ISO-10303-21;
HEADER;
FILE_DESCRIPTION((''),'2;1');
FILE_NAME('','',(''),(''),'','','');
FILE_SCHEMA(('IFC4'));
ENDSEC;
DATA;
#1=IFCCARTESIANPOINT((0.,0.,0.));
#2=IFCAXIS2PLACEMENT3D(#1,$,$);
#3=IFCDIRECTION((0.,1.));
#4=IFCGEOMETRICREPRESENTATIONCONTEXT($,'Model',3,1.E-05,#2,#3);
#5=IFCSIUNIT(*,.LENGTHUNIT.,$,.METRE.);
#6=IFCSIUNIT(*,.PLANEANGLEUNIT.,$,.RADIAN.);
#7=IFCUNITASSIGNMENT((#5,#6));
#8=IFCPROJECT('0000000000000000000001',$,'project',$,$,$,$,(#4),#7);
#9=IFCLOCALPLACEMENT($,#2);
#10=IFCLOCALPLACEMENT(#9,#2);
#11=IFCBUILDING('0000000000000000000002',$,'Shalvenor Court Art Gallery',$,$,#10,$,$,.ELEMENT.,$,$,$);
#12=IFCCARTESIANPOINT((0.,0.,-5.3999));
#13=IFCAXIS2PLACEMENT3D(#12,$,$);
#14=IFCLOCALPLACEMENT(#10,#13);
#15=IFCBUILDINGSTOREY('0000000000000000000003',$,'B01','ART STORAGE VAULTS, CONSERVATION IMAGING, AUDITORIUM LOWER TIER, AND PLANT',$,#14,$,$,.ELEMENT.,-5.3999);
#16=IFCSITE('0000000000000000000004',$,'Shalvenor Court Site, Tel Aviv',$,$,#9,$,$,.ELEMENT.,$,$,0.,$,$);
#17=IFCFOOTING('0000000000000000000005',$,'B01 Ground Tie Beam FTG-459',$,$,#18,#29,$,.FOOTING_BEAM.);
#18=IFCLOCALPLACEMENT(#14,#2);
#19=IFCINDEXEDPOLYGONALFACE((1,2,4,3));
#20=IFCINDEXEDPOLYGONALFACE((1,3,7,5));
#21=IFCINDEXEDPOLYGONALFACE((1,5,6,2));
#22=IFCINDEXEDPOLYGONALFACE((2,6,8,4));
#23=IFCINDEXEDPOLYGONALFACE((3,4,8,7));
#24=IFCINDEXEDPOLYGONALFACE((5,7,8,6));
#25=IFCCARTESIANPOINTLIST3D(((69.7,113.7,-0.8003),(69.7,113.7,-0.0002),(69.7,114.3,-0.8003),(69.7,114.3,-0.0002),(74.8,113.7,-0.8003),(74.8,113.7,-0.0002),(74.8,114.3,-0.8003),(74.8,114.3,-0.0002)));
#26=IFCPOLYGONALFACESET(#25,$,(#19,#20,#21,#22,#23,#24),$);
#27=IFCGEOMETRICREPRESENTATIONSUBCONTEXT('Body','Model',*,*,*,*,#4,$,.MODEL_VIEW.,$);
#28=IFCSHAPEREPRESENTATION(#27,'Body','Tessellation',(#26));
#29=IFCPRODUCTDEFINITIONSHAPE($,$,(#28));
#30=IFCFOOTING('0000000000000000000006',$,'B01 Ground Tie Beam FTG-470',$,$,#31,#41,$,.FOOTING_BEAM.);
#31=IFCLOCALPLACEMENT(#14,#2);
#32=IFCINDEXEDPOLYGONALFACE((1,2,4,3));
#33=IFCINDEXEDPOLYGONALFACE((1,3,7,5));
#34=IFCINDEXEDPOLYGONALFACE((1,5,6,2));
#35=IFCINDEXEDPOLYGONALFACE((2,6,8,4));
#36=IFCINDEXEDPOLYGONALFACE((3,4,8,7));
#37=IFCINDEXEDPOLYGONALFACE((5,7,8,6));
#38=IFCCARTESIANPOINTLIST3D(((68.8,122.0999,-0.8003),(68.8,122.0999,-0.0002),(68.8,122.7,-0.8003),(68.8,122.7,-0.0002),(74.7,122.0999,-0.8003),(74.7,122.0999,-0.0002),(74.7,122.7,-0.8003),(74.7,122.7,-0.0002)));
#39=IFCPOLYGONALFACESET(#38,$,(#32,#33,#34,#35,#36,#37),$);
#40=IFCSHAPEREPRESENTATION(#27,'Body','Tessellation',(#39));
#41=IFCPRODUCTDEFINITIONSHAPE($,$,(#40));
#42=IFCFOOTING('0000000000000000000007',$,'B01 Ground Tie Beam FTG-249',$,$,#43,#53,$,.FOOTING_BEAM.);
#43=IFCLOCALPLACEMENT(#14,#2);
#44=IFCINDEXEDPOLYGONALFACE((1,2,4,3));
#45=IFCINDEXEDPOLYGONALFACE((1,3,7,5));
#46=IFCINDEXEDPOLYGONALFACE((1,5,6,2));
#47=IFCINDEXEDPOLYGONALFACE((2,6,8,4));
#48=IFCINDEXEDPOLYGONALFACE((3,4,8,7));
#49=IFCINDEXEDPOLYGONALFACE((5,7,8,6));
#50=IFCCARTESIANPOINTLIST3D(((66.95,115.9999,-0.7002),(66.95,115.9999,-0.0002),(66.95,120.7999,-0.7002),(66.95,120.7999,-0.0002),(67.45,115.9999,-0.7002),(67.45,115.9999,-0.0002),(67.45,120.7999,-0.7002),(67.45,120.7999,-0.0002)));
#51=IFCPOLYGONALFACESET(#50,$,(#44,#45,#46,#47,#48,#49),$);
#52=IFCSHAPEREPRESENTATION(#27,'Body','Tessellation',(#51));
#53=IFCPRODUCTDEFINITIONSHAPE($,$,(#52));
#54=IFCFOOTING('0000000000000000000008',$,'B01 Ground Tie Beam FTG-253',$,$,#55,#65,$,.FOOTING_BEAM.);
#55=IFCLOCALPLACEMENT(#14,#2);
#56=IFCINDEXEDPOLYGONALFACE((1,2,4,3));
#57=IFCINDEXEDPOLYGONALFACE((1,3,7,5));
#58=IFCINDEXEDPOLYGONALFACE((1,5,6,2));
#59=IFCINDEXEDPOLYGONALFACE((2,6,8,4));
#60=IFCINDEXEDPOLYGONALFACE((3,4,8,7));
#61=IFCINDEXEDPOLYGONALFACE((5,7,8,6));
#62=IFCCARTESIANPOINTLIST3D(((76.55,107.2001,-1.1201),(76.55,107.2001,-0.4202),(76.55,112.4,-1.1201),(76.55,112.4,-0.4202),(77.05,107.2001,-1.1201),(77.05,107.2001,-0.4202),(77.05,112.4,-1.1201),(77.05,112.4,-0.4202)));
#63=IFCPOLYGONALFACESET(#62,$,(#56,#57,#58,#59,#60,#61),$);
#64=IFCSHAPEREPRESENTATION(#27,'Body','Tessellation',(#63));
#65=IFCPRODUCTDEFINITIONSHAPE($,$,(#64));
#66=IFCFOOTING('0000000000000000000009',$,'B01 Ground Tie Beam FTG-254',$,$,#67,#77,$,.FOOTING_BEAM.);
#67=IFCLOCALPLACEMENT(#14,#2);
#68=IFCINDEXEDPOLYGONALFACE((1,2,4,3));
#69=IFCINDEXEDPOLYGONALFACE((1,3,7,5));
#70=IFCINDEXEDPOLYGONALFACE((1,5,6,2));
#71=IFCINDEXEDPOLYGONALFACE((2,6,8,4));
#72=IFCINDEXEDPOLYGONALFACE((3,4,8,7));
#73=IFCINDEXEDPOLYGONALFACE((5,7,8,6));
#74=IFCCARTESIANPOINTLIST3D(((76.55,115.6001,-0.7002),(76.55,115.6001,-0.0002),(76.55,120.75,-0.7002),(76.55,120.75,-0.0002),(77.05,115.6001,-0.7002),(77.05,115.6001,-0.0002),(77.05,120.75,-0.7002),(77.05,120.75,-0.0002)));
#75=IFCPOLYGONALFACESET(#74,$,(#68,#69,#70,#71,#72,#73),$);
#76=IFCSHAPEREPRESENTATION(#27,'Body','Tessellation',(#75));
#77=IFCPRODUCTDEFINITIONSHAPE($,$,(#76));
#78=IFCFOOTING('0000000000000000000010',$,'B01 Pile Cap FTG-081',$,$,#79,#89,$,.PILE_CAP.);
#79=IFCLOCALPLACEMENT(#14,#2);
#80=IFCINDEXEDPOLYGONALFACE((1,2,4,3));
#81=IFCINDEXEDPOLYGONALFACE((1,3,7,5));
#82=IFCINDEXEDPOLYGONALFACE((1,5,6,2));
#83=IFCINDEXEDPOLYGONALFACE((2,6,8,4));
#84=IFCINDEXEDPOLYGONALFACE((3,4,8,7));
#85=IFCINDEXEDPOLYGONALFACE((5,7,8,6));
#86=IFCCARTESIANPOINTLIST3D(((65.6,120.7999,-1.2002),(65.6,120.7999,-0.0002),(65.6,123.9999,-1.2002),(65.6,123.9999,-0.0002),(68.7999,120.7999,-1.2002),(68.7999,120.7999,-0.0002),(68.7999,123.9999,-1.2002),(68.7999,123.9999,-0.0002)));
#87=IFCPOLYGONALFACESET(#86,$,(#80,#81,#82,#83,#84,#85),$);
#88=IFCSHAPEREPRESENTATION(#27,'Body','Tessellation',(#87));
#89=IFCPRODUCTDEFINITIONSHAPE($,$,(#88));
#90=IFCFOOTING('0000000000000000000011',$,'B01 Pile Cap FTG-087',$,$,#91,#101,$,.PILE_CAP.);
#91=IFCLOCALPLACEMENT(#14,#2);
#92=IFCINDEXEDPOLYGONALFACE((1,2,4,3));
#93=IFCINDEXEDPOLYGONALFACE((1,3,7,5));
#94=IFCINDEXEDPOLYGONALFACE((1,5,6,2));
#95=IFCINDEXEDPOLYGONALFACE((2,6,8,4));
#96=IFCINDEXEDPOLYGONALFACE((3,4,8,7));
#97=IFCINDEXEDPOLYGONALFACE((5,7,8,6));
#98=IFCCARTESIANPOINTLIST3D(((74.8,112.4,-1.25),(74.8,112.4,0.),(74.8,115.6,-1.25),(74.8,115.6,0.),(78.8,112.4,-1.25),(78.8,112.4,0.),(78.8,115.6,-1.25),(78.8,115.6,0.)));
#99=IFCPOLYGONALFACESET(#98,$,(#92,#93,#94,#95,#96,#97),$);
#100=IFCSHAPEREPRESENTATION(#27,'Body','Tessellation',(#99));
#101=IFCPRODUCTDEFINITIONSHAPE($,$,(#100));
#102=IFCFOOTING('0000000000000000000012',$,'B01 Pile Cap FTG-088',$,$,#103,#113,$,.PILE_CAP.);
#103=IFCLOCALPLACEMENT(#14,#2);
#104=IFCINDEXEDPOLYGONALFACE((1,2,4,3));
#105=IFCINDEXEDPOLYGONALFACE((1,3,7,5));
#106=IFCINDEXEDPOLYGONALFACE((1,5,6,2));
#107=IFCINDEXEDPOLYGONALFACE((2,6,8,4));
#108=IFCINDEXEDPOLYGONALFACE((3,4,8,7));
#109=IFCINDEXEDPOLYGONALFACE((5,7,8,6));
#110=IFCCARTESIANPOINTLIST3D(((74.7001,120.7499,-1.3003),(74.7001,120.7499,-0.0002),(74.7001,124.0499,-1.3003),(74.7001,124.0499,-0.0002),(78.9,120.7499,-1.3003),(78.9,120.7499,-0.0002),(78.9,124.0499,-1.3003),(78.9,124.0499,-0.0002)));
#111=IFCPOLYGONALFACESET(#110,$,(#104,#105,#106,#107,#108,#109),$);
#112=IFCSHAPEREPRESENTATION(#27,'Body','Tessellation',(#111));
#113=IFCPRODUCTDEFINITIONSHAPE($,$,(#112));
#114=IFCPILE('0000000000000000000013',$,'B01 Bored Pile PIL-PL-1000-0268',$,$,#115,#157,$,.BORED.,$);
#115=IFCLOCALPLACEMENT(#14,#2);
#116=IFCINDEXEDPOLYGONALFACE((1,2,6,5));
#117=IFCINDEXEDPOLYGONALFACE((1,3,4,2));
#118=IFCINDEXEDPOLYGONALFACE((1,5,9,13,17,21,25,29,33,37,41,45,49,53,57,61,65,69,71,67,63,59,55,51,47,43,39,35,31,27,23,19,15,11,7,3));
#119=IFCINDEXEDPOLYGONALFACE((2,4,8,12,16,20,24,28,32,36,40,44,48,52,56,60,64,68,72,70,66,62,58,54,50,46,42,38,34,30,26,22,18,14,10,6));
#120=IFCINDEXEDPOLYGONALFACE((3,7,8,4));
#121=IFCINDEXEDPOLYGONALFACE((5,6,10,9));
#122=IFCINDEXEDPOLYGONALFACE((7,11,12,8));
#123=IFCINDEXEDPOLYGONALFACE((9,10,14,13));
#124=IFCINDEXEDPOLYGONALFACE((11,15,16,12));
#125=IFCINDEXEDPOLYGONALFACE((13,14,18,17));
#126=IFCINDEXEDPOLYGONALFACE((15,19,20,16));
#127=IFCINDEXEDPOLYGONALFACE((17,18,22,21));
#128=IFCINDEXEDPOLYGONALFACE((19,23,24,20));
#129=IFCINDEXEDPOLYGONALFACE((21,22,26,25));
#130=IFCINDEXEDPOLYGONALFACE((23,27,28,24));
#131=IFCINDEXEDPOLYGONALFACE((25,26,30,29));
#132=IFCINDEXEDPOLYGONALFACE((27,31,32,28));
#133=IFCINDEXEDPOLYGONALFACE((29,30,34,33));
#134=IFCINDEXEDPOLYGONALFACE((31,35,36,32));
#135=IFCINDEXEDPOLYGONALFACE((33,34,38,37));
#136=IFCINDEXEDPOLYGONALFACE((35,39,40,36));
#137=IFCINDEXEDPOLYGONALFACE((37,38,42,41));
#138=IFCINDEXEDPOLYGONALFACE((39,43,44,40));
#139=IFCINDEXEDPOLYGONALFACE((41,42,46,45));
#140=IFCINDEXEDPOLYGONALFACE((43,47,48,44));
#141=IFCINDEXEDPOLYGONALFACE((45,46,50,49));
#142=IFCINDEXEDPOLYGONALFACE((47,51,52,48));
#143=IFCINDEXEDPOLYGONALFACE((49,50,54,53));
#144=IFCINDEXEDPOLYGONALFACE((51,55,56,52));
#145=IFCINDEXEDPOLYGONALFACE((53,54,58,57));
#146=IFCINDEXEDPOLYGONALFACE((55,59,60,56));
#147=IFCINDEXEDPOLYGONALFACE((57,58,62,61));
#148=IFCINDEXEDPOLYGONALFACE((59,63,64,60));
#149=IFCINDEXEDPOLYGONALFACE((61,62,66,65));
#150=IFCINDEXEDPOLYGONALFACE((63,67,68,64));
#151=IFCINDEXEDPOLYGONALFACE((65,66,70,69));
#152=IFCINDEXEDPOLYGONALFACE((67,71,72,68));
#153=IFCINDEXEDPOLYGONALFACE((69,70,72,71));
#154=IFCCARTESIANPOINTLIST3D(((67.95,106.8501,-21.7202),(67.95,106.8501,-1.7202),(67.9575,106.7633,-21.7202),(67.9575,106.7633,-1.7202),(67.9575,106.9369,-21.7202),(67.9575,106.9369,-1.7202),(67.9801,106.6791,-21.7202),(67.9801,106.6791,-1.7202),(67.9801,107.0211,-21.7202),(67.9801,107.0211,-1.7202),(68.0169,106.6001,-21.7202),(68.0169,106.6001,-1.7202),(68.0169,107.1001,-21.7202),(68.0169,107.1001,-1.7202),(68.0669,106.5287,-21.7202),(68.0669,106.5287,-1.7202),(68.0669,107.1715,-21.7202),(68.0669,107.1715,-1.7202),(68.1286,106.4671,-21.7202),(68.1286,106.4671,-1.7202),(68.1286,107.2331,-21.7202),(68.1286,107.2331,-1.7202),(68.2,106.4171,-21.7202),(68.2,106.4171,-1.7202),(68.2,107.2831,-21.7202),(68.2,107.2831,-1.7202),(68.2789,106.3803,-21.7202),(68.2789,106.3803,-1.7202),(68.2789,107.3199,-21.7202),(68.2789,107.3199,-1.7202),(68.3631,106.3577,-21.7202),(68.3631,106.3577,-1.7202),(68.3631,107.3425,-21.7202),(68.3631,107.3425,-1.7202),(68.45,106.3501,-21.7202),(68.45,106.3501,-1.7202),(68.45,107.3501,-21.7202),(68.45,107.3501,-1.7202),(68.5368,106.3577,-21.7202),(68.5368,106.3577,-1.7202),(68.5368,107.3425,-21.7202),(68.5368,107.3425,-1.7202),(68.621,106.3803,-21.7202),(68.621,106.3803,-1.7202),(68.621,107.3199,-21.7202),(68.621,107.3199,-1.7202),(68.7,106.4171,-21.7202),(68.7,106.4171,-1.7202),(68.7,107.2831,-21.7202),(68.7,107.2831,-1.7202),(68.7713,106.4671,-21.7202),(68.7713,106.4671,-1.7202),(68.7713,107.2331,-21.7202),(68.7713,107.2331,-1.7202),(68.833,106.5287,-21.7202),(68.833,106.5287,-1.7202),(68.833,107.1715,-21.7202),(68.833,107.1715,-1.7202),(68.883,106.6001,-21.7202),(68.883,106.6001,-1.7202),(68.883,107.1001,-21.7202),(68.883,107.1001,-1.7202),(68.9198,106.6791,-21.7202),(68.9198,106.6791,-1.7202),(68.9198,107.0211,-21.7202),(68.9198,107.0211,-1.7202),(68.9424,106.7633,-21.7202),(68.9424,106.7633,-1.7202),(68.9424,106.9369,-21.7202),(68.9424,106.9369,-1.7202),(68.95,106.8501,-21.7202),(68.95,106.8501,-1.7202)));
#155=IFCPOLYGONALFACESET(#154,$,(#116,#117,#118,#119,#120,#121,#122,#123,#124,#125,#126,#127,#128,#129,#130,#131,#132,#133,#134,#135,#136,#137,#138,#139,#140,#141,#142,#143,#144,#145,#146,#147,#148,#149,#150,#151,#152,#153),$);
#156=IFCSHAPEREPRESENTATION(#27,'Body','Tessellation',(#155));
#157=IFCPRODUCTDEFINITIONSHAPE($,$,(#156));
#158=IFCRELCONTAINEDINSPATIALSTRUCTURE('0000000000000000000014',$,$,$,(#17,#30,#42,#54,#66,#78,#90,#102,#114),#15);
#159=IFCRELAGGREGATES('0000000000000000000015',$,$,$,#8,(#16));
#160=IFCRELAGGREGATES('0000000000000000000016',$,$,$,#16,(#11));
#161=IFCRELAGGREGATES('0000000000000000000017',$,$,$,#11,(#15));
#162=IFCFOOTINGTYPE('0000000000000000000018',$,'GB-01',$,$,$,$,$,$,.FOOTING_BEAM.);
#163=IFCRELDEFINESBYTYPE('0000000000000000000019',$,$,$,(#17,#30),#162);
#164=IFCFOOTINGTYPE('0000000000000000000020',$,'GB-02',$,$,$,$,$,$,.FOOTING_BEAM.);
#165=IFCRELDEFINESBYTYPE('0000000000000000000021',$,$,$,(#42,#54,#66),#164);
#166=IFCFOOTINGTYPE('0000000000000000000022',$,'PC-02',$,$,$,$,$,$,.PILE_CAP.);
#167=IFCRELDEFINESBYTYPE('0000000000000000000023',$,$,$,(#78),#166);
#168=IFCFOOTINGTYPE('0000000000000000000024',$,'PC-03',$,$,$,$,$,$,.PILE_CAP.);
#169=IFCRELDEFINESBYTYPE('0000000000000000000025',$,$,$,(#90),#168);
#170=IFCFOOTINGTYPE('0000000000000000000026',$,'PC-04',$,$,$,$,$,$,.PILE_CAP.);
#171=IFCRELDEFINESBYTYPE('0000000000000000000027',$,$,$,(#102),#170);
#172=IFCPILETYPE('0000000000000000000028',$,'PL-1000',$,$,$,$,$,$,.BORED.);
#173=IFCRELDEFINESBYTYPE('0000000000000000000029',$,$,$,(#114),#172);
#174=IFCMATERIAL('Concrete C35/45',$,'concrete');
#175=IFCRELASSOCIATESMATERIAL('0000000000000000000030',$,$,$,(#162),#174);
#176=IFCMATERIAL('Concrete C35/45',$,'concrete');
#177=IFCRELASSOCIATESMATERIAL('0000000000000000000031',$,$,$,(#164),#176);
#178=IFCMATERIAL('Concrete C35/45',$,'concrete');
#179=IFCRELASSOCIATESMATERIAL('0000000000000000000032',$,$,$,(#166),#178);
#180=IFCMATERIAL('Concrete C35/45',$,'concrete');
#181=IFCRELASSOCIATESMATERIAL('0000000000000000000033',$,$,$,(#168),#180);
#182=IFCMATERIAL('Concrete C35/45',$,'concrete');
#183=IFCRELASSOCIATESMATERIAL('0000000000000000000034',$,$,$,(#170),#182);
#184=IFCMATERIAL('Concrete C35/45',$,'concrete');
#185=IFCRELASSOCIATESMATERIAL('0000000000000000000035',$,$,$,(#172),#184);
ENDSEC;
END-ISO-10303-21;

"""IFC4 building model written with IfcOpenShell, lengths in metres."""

from ifc_helpers import new_model, si_unit, direction, frame, origin, origin_2d, place, context, subcontext, project, spatial, rectangle, circle, extrude, material, material_profile, profile_set, type_object, element, save


model = new_model("IFC4")

# Units and contexts
model_context = context("Model", 3, precision=1e-05, world=origin(), true_north=direction((0.0, 1.0)))
body_context = subcontext(model_context, "Body", "Model", "MODEL_VIEW")
ifc_project = project(units=[si_unit("LENGTHUNIT", "METRE"), si_unit("PLANEANGLEUNIT", "RADIAN")], contexts=[model_context])

# Site, building, storey
site_placement = place(None, origin())
site = spatial("IfcSite", under=ifc_project, at=site_placement, Name="Shalvenor Court Site, Tel Aviv", CompositionType="ELEMENT", RefElevation=0.0)
building_placement = place(site_placement, origin())
building = spatial("IfcBuilding", under=site, at=building_placement, Name="Shalvenor Court Art Gallery", CompositionType="ELEMENT")
storey_placement = place(building_placement, frame((0.0, 0.0, -5.3999)))
storey = spatial("IfcBuildingStorey", under=building, at=storey_placement, Name="B01", Description="ART STORAGE VAULTS, CONSERVATION IMAGING, AUDITORIUM LOWER TIER, AND PLANT", CompositionType="ELEMENT", Elevation=-5.3999)

# Footings
ifc_material_1 = material(Name="Concrete C35/45", Category="concrete")
footing_type_1 = type_object("IfcFootingType", Name="GB-01", PredefinedType="FOOTING_BEAM", material=ifc_material_1)
footing_1_placement = place(storey_placement, frame((72.25, 114.0, -0.8003), z_axis=(0.0, 0.0, 1.0), x_axis=(1.0, 0.0, 0.0)))
element("IfcFooting", 1, at=footing_1_placement, inside=storey, type_object=footing_type_1, Name="B01 Ground Tie Beam FTG-459", PredefinedType="FOOTING_BEAM", context=body_context, shape_type="SweptSolid", body=[
    extrude(rectangle(XDim=5.1001, YDim=0.6001, at=origin_2d()), origin(), (0.0, 0.0, 1.0), 0.8),
])
footing_2_placement = place(storey_placement, frame((71.75, 122.3999, -0.8003), z_axis=(0.0, 0.0, 1.0), x_axis=(1.0, 0.0, 0.0)))
element("IfcFooting", 2, at=footing_2_placement, inside=storey, type_object=footing_type_1, Name="B01 Ground Tie Beam FTG-470", PredefinedType="FOOTING_BEAM", context=body_context, shape_type="SweptSolid", body=[
    extrude(rectangle(XDim=5.8999, YDim=0.6001, at=origin_2d()), origin(), (0.0, 0.0, 1.0), 0.8),
])
ifc_material_2 = material(Name="Concrete C35/45", Category="concrete")
footing_type_2 = type_object("IfcFootingType", Name="GB-02", PredefinedType="FOOTING_BEAM", material=ifc_material_2)
footing_3_placement = place(storey_placement, frame((67.2, 118.3999, -0.7002), z_axis=(0.0, 0.0, 1.0), x_axis=(0.0, 1.0, 0.0)))
element("IfcFooting", 3, at=footing_3_placement, inside=storey, type_object=footing_type_2, Name="B01 Ground Tie Beam FTG-249", PredefinedType="FOOTING_BEAM", context=body_context, shape_type="SweptSolid", body=[
    extrude(rectangle(XDim=4.8, YDim=0.5, at=origin_2d()), origin(), (0.0, 0.0, 1.0), 0.7),
])
footing_4_placement = place(storey_placement, frame((76.8, 109.8, -1.1201), z_axis=(0.0, 0.0, 1.0), x_axis=(0.0, 1.0, 0.0)))
element("IfcFooting", 4, at=footing_4_placement, inside=storey, type_object=footing_type_2, Name="B01 Ground Tie Beam FTG-253", PredefinedType="FOOTING_BEAM", context=body_context, shape_type="SweptSolid", body=[
    extrude(rectangle(XDim=5.2, YDim=0.5, at=origin_2d()), origin(), (0.0, 0.0, 1.0), 0.7),
])
footing_5_placement = place(storey_placement, frame((76.8, 118.175, -0.7002), z_axis=(0.0, 0.0, 1.0), x_axis=(0.0, 1.0, 0.0)))
element("IfcFooting", 5, at=footing_5_placement, inside=storey, type_object=footing_type_2, Name="B01 Ground Tie Beam FTG-254", PredefinedType="FOOTING_BEAM", context=body_context, shape_type="SweptSolid", body=[
    extrude(rectangle(XDim=5.1499, YDim=0.5, at=origin_2d()), origin(), (0.0, 0.0, 1.0), 0.7),
])
ifc_material_3 = material(Name="Concrete C35/45", Category="concrete")
footing_type_3 = type_object("IfcFootingType", Name="PC-02", PredefinedType="PILE_CAP", material=ifc_material_3)
footing_6_placement = place(storey_placement, frame((67.2, 122.3999, -1.2002), z_axis=(0.0, 0.0, 1.0), x_axis=(1.0, 0.0, 0.0)))
element("IfcFooting", 6, at=footing_6_placement, inside=storey, type_object=footing_type_3, Name="B01 Pile Cap FTG-081", PredefinedType="PILE_CAP", context=body_context, shape_type="SweptSolid", body=[
    extrude(rectangle(XDim=3.2, YDim=3.2, at=origin_2d()), origin(), (0.0, 0.0, 1.0), 1.2),
])
ifc_material_4 = material(Name="Concrete C35/45", Category="concrete")
footing_type_4 = type_object("IfcFootingType", Name="PC-03", PredefinedType="PILE_CAP", material=ifc_material_4)
footing_7_placement = place(storey_placement, frame((76.8, 114.0, -1.25), z_axis=(0.0, 0.0, 1.0), x_axis=(1.0, 0.0, 0.0)))
element("IfcFooting", 7, at=footing_7_placement, inside=storey, type_object=footing_type_4, Name="B01 Pile Cap FTG-087", PredefinedType="PILE_CAP", context=body_context, shape_type="SweptSolid", body=[
    extrude(rectangle(XDim=4.0, YDim=3.2, at=origin_2d()), origin(), (0.0, 0.0, 1.0), 1.25),
])
ifc_material_5 = material(Name="Concrete C35/45", Category="concrete")
footing_type_5 = type_object("IfcFootingType", Name="PC-04", PredefinedType="PILE_CAP", material=ifc_material_5)
footing_8_placement = place(storey_placement, frame((76.8, 122.3999, -1.3003), z_axis=(0.0, 0.0, 1.0), x_axis=(1.0, 0.0, 0.0)))
element("IfcFooting", 8, at=footing_8_placement, inside=storey, type_object=footing_type_5, Name="B01 Pile Cap FTG-088", PredefinedType="PILE_CAP", context=body_context, shape_type="SweptSolid", body=[
    extrude(rectangle(XDim=4.2, YDim=3.3, at=origin_2d()), origin(), (0.0, 0.0, 1.0), 1.3),
])

# Pile
ifc_material_6 = material(Name="Concrete C35/45", Category="concrete")
ifc_material_profile_1 = material_profile(ifc_material_6, circle(Radius=0.5, at=origin_2d()), Name="PILE 1000")
ifc_profile_set_1 = profile_set([ifc_material_profile_1], Name="Concrete C35/45")
pile_type_1 = type_object("IfcPileType", Name="PL-1000", PredefinedType="BORED", material=ifc_profile_set_1)
for number, where, z_axis, x_axis, name in (
    (9, (68.45, 106.8501, -1.7202), (0.0, 0.0, -1.0), (1.0, 0.0, 0.0), "B01 Bored Pile PIL-PL-1000-0268"),
):
    element("IfcPile", number, at=place(storey_placement, frame(where, z_axis=z_axis, x_axis=x_axis)), inside=storey, type_object=pile_type_1, Name=name, PredefinedType="BORED", context=body_context, shape_type="SweptSolid", body=[
        extrude(circle(Radius=0.5, at=origin_2d()), origin(), (0.0, 0.0, 1.0), 20.0),
    ])

save(model, "model.ifc")
